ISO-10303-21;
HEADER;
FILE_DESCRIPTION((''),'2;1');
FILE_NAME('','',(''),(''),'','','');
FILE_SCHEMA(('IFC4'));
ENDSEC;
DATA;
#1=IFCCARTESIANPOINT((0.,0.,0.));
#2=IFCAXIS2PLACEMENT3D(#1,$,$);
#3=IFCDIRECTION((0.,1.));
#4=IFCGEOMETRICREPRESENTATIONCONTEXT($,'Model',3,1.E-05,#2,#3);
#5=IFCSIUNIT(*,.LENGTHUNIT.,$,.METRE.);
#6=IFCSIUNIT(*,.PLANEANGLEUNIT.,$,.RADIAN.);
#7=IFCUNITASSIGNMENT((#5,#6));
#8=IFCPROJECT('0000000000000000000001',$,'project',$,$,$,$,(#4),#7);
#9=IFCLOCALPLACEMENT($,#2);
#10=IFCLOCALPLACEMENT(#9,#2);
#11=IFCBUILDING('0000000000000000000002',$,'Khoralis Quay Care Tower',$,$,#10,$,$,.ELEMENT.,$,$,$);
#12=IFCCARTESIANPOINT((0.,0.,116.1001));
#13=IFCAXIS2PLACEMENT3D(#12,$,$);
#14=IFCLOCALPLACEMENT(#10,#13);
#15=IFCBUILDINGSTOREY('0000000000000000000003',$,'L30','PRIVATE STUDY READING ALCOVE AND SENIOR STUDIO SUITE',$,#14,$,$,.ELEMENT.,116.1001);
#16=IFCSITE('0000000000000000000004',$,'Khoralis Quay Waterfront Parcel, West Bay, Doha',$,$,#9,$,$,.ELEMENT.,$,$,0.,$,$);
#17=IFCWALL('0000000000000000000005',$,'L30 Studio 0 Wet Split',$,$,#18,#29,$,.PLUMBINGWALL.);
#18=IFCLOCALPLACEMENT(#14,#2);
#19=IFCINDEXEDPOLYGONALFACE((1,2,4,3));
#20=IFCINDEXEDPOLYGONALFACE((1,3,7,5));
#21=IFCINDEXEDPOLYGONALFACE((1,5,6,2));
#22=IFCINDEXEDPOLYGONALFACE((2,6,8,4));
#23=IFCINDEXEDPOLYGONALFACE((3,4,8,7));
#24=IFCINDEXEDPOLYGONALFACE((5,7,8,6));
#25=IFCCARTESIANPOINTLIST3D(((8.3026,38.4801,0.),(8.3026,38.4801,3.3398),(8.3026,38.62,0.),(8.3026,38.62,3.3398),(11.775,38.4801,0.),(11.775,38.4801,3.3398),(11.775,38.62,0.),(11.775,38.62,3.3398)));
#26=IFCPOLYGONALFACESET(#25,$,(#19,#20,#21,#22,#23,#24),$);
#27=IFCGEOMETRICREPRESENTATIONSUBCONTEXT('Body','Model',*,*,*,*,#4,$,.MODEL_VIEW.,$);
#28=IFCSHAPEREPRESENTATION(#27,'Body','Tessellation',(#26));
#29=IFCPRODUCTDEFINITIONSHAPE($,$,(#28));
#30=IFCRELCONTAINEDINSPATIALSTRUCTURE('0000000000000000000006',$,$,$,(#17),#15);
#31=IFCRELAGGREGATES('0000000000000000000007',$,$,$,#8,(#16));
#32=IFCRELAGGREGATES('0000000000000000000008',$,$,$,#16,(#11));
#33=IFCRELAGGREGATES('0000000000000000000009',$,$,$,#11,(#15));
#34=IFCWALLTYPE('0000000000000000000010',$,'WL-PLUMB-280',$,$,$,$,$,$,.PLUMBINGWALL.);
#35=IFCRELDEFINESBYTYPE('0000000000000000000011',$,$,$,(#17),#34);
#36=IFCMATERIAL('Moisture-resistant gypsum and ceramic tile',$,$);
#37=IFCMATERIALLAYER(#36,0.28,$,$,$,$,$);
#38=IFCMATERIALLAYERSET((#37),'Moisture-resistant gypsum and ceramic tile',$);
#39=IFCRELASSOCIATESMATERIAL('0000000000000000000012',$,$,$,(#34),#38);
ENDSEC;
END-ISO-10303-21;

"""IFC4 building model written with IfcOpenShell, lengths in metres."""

from ifc_helpers import new_model, si_unit, direction, frame, frame_2d, origin, place, context, subcontext, project, spatial, rectangle, extrude, material, layer, layer_set, type_object, element, save


model = new_model("IFC4")

# Units and contexts
model_context = context("Model", 3, precision=1e-05, world=origin(), true_north=direction((0.0, 1.0)))
body_context = subcontext(model_context, "Body", "Model", "MODEL_VIEW")
ifc_project = project(units=[si_unit("LENGTHUNIT", "METRE"), si_unit("PLANEANGLEUNIT", "RADIAN")], contexts=[model_context])

# Site, building, storey
site_placement = place(None, origin())
site = spatial("IfcSite", under=ifc_project, at=site_placement, Name="Khoralis Quay Waterfront Parcel, West Bay, Doha", CompositionType="ELEMENT", RefElevation=0.0)
building_placement = place(site_placement, origin())
building = spatial("IfcBuilding", under=site, at=building_placement, Name="Khoralis Quay Care Tower", CompositionType="ELEMENT")
storey_placement = place(building_placement, frame((0.0, 0.0, 116.1001)))
storey = spatial("IfcBuildingStorey", under=building, at=storey_placement, Name="L30", Description="PRIVATE STUDY READING ALCOVE AND SENIOR STUDIO SUITE", CompositionType="ELEMENT", Elevation=116.1001)

# Wall
ifc_material_1 = material(Name="Moisture-resistant gypsum and ceramic tile")
ifc_layer_1 = layer(ifc_material_1, 0.28)
ifc_layer_set_1 = layer_set([ifc_layer_1], Name="Moisture-resistant gypsum and ceramic tile")
wall_type_1 = type_object("IfcWallType", Name="WL-PLUMB-280", PredefinedType="PLUMBINGWALL", material=ifc_layer_set_1)
wall_1_placement = place(storey_placement, frame((8.3025, 38.55, 0.0), z_axis=(0.0, 0.0, 1.0), x_axis=(1.0, 0.0, 0.0)))
element("IfcWall", 1, at=wall_1_placement, inside=storey, type_object=wall_type_1, Name="L30 Studio 0 Wet Split", PredefinedType="PLUMBINGWALL", context=body_context, shape_type="SweptSolid", body=[
    extrude(rectangle(XDim=3.4724, YDim=0.1399, at=frame_2d((1.7363, 0.0))), origin(), (0.0, 0.0, 1.0), 3.3398),
])

save(model, "model.ifc")
